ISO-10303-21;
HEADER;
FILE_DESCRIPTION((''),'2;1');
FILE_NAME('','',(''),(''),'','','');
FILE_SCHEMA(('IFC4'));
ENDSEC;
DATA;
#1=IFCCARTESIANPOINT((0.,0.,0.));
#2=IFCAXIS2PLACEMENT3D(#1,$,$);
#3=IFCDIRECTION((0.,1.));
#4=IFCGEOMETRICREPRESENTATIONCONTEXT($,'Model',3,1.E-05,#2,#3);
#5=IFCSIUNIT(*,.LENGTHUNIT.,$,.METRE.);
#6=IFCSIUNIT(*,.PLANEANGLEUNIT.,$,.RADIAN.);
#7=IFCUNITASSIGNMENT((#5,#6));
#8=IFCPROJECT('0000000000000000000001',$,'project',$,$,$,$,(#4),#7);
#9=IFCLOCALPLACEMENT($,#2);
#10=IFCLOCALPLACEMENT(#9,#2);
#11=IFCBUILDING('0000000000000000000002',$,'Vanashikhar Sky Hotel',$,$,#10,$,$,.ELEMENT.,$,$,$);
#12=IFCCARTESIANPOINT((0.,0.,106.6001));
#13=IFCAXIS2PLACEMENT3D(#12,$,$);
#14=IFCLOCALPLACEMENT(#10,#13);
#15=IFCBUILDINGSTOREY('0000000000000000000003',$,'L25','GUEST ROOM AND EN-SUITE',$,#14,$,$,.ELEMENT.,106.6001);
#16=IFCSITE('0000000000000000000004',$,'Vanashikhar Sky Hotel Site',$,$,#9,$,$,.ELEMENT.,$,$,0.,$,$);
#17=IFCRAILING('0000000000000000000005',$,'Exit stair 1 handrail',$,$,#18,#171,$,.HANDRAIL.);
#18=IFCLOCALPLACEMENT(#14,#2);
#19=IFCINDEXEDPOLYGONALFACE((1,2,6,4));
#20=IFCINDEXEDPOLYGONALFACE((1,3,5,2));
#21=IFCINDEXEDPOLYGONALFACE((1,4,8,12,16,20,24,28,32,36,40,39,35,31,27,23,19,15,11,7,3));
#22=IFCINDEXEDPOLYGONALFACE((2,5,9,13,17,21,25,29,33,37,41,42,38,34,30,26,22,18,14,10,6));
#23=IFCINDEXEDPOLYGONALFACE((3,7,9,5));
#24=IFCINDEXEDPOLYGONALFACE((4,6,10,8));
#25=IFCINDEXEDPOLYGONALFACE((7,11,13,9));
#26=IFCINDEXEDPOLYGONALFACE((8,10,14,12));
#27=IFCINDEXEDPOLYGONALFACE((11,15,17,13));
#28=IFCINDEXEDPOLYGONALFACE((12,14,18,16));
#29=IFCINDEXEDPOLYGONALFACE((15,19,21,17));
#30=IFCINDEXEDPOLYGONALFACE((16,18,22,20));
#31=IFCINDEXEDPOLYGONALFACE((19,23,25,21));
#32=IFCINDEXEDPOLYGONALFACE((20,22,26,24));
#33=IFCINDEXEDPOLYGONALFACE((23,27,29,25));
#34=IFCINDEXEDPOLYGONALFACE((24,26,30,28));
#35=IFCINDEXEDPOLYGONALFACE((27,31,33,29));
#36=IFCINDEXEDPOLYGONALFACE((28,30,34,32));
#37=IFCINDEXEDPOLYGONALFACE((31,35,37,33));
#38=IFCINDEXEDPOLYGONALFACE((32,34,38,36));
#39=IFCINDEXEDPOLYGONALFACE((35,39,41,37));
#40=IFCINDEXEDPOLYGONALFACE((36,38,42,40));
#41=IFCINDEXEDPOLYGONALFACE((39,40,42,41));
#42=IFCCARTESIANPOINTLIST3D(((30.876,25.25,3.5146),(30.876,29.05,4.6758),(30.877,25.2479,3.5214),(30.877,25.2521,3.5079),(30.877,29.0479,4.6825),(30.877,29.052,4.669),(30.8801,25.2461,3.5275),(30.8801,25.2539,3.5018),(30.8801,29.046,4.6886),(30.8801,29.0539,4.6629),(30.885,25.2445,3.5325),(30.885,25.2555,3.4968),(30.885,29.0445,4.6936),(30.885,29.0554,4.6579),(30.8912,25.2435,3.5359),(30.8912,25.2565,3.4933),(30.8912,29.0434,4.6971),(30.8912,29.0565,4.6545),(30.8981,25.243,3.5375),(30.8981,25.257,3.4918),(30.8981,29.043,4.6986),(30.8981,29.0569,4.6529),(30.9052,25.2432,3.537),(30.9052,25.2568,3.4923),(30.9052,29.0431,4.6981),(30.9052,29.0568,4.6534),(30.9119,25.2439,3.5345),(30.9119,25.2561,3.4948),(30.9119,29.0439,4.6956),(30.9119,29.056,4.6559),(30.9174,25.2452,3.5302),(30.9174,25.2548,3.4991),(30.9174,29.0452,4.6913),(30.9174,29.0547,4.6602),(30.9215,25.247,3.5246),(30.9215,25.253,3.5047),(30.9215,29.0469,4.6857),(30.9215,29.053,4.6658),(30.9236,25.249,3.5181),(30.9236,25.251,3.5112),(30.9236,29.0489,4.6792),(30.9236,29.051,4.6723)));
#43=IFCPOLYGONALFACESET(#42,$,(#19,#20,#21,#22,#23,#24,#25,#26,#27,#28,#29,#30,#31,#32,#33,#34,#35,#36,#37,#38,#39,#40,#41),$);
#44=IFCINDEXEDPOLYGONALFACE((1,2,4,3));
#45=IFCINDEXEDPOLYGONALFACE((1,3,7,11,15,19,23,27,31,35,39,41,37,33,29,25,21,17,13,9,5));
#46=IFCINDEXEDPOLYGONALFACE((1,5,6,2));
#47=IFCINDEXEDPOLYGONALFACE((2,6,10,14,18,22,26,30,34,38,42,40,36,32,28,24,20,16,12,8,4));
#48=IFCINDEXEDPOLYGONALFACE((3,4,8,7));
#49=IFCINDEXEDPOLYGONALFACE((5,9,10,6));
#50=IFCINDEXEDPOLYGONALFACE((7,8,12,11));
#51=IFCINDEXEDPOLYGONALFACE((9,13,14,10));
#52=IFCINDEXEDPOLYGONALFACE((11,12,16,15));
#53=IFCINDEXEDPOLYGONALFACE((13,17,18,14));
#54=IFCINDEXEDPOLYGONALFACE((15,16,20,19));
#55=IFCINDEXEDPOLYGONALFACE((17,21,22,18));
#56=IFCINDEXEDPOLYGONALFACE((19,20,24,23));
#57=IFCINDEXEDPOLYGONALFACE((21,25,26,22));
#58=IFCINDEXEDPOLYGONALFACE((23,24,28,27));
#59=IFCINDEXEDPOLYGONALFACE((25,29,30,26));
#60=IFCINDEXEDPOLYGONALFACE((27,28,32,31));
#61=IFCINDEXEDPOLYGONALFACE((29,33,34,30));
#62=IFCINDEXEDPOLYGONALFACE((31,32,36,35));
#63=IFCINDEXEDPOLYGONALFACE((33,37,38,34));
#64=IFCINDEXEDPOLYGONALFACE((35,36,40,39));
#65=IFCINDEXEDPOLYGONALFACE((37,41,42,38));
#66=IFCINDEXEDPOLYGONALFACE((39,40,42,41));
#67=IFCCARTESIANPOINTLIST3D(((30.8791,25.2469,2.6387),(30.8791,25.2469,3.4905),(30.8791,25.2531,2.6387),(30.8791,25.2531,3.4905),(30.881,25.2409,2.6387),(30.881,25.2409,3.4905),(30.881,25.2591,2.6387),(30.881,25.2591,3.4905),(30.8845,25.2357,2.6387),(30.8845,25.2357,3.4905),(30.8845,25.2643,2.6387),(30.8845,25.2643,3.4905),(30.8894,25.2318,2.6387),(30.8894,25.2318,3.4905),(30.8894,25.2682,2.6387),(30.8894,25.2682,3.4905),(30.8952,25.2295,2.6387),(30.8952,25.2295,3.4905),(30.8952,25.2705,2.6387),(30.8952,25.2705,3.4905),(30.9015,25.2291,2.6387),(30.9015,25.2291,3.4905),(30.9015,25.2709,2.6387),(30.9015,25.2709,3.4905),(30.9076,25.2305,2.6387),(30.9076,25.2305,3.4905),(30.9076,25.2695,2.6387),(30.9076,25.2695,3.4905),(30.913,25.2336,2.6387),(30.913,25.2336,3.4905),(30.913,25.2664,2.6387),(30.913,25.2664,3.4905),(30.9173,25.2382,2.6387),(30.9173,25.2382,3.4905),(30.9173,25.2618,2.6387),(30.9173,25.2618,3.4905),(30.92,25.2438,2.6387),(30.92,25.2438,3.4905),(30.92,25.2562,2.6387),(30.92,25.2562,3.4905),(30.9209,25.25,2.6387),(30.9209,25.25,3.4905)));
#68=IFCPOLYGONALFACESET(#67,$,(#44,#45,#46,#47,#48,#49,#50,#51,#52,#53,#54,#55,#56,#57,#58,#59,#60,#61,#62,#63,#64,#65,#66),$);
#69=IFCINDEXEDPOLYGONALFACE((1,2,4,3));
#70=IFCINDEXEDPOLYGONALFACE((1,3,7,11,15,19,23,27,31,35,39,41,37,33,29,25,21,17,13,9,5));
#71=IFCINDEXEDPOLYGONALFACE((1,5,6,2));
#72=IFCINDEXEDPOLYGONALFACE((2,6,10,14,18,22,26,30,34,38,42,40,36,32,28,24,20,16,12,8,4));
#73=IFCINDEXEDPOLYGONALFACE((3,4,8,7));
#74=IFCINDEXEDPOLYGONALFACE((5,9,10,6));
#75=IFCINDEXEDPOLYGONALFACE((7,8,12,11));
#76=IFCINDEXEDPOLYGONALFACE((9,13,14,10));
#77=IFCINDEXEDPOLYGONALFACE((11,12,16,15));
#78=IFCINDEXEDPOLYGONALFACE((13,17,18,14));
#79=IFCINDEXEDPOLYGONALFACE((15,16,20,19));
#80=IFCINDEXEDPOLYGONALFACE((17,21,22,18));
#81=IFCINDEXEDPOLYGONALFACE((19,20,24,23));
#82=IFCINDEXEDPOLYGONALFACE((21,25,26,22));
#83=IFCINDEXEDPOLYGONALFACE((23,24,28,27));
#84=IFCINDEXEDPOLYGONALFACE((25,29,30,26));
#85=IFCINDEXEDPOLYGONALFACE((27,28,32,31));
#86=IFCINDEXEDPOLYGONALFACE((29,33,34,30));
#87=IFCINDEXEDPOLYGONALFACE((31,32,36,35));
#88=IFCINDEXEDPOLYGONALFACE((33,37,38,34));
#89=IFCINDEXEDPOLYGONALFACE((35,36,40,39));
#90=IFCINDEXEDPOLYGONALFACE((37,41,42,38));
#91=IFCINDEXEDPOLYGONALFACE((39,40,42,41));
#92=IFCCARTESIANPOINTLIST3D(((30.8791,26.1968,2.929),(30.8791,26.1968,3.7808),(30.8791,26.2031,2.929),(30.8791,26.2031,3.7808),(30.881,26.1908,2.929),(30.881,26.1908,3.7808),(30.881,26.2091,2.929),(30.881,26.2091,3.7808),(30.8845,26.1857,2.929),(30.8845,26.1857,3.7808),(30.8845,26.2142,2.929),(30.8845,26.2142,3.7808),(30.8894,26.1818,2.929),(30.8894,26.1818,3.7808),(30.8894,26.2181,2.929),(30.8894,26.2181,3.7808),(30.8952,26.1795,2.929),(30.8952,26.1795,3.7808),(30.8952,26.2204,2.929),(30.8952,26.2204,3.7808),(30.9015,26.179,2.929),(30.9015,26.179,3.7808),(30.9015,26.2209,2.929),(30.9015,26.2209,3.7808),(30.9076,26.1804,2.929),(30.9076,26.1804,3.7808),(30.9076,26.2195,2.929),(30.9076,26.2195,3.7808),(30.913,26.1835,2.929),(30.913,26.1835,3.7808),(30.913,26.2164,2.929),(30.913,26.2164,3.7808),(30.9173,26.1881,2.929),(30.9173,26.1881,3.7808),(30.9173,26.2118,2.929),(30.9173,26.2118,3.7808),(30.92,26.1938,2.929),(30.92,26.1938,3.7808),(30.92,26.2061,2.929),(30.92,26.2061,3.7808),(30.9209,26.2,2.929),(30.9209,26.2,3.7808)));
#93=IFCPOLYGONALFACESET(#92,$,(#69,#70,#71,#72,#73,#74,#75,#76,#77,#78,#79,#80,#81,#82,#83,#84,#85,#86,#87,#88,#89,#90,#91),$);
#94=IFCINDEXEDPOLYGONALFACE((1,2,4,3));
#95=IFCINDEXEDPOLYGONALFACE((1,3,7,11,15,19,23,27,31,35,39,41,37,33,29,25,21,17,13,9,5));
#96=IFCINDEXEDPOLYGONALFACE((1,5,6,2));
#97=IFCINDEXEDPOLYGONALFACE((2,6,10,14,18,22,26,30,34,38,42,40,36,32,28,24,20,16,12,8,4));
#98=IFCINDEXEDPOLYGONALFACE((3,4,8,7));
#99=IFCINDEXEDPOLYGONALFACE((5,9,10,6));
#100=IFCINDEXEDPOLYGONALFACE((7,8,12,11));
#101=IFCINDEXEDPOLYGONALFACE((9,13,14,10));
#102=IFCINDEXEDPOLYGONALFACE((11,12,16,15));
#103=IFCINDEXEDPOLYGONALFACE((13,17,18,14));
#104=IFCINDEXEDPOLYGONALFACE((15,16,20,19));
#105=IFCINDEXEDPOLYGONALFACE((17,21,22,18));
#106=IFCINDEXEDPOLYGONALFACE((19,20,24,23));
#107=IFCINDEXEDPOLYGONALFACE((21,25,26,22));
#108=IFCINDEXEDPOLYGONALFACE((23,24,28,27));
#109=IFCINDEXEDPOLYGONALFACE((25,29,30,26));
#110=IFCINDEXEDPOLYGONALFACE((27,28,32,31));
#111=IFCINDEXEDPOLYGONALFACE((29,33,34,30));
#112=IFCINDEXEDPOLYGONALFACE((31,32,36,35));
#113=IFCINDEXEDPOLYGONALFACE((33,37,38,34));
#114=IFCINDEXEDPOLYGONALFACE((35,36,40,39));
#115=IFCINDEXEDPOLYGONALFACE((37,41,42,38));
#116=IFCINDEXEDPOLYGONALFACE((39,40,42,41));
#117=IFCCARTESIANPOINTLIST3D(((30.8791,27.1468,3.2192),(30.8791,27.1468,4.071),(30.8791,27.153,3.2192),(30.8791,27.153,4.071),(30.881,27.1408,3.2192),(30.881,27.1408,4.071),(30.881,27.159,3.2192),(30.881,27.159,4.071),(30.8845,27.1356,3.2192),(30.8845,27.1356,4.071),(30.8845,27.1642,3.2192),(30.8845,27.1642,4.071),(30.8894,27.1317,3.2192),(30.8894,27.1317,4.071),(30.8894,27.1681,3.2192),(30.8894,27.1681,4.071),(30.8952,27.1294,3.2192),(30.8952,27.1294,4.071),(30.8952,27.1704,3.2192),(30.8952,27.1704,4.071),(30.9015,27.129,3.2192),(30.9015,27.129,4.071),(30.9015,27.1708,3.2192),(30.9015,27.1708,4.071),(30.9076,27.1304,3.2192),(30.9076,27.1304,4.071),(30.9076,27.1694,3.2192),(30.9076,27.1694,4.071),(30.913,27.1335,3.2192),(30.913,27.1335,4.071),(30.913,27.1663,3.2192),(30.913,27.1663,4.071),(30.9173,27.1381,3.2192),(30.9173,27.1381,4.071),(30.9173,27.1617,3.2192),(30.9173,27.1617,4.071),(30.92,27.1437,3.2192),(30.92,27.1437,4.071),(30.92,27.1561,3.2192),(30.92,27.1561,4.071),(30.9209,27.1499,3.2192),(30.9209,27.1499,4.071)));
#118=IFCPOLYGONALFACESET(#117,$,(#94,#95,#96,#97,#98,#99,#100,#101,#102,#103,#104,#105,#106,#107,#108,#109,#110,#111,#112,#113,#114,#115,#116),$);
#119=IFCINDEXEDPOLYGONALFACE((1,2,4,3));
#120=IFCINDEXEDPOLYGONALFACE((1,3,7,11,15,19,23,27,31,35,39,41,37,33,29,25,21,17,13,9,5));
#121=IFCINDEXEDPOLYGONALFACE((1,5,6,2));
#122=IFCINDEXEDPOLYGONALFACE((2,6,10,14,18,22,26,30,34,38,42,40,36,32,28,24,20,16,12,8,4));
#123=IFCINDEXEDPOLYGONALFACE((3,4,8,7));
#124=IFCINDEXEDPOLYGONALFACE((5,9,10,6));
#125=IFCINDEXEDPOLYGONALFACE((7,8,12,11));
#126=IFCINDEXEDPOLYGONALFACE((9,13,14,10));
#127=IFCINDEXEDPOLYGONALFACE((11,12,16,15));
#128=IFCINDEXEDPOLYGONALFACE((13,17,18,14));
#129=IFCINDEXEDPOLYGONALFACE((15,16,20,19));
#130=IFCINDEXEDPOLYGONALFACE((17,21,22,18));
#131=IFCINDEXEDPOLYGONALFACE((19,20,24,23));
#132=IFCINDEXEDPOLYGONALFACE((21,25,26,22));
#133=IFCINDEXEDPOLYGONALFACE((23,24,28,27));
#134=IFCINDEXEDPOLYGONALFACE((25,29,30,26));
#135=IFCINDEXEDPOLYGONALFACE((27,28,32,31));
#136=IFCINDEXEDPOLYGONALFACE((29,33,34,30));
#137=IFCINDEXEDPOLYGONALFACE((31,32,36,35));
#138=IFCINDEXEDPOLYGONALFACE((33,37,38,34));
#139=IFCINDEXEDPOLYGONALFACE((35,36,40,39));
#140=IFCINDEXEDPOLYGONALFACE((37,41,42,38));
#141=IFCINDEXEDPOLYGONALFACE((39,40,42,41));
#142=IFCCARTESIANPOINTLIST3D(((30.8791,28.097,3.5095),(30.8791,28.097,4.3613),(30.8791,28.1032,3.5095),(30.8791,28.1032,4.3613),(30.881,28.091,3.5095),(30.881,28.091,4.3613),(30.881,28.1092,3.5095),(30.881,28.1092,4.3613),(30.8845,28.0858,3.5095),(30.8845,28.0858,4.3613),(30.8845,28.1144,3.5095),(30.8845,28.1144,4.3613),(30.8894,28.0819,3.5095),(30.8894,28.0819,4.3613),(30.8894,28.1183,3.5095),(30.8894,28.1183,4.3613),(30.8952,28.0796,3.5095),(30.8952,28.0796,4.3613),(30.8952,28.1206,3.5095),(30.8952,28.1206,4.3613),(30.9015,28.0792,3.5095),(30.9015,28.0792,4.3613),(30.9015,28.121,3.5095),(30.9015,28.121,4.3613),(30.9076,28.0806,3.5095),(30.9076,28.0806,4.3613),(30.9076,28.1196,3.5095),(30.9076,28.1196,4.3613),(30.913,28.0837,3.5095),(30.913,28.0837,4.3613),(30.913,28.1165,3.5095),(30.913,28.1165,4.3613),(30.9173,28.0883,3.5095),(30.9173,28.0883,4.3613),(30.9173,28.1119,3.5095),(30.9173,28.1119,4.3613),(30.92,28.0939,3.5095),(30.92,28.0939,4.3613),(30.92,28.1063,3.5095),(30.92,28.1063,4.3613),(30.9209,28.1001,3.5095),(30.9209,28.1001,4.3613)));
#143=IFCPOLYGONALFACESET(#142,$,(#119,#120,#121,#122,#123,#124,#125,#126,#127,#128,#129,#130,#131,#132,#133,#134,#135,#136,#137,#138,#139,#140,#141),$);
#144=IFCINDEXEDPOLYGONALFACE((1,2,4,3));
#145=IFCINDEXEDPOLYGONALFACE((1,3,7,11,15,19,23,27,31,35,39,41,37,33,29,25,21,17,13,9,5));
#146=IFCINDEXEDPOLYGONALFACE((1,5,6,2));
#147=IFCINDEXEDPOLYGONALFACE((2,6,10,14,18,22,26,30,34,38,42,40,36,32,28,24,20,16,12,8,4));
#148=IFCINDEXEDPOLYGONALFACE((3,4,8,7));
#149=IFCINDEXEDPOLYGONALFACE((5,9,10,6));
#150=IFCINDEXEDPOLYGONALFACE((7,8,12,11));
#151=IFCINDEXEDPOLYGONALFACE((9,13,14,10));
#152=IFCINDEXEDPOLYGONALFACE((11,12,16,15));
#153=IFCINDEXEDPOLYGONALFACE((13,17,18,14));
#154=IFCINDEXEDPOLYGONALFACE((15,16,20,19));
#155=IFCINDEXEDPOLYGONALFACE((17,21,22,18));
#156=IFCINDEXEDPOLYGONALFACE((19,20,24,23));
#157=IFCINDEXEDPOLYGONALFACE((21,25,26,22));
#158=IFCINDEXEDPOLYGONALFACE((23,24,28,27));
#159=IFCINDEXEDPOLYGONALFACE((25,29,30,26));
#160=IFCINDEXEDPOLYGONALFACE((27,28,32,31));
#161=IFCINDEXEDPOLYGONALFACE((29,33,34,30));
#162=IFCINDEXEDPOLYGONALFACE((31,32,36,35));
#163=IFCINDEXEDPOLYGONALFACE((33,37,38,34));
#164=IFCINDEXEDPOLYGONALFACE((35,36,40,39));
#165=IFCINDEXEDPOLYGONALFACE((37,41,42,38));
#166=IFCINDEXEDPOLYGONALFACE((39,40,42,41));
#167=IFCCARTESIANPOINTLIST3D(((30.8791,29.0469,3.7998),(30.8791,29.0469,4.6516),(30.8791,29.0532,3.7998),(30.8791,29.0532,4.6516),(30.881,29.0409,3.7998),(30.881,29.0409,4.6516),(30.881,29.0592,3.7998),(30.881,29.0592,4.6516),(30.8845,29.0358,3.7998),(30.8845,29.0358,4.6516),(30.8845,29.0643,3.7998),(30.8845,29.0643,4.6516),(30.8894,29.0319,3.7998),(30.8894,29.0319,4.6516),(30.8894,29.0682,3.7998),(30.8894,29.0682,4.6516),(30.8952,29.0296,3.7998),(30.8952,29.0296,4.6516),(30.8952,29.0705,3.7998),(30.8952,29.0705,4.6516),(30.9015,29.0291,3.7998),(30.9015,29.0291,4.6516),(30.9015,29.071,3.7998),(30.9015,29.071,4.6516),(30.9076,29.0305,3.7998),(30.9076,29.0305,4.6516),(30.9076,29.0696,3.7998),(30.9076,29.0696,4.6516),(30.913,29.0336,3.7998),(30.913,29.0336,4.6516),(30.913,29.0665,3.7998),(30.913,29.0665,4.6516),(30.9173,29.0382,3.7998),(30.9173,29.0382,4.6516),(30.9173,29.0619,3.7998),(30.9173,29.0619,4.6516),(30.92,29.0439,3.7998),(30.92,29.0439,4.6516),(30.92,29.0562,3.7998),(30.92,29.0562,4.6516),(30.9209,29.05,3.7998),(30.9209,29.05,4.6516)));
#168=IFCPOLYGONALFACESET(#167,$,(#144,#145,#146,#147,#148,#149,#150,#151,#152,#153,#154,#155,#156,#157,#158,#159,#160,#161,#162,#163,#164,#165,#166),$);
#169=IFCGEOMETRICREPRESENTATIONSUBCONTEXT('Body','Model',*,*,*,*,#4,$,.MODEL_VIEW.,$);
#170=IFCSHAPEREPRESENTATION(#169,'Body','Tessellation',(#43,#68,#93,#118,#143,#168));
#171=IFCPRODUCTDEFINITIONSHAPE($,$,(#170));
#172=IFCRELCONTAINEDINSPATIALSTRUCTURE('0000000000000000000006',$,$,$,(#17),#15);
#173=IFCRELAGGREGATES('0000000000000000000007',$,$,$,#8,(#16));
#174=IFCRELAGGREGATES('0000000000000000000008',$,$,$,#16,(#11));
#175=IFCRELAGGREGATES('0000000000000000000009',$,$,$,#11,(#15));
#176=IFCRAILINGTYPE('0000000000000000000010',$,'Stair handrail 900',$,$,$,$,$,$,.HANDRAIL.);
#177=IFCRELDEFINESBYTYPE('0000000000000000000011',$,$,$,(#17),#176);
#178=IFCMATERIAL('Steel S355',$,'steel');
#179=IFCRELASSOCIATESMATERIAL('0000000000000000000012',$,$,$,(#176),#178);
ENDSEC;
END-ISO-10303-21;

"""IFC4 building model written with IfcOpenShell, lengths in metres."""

from ifc_helpers import new_model, si_unit, direction, frame, origin, origin_2d, place, context, subcontext, project, spatial, circle, extrude, source, transform, mapped, material, type_object, element, save


model = new_model("IFC4")

# Units and contexts
model_context = context("Model", 3, precision=1e-05, world=origin(), true_north=direction((0.0, 1.0)))
body_context = subcontext(model_context, "Body", "Model", "MODEL_VIEW")
ifc_project = project(units=[si_unit("LENGTHUNIT", "METRE"), si_unit("PLANEANGLEUNIT", "RADIAN")], contexts=[model_context])

# Site, building, storey
site_placement = place(None, origin())
site = spatial("IfcSite", under=ifc_project, at=site_placement, Name="Vanashikhar Sky Hotel Site", CompositionType="ELEMENT", RefElevation=0.0)
building_placement = place(site_placement, origin())
building = spatial("IfcBuilding", under=site, at=building_placement, Name="Vanashikhar Sky Hotel", CompositionType="ELEMENT")
storey_placement = place(building_placement, frame((0.0, 0.0, 106.6001)))
storey = spatial("IfcBuildingStorey", under=building, at=storey_placement, Name="L25", Description="GUEST ROOM AND EN-SUITE", CompositionType="ELEMENT", Elevation=106.6001)

# Railing
ifc_material_1 = material(Name="Steel S355", Category="steel")
railing_type = type_object("IfcRailingType", Name="Stair handrail 900", PredefinedType="HANDRAIL", material=ifc_material_1)
shared_shape_1 = source(origin(), body_context, "Body", "SweptSolid", [
    extrude(circle(Radius=0.0239, at=origin_2d()), frame((0.0, 0.0, 0.876), z_axis=(0.0, 0.956351, 0.29222), x_axis=(-1.0, 0.0, 0.0)), (0.0, 0.0, 1.0), 3.9734),
    extrude(circle(Radius=0.021, at=origin_2d()), origin(), (0.0, 0.0, 1.0), 0.8518),
    extrude(circle(Radius=0.021, at=origin_2d()), frame((0.0, 0.95, 0.2903)), (0.0, 0.0, 1.0), 0.8518),
    extrude(circle(Radius=0.021, at=origin_2d()), frame((0.0, 1.8999, 0.5806)), (0.0, 0.0, 1.0), 0.8518),
    extrude(circle(Radius=0.021, at=origin_2d()), frame((0.0, 2.8501, 0.8708)), (0.0, 0.0, 1.0), 0.8518),
    extrude(circle(Radius=0.021, at=origin_2d()), frame((0.0, 3.8, 1.1611)), (0.0, 0.0, 1.0), 0.8518),
])
for number, where, name in (
    (1, (30.8999, 25.25, 2.6387), "Exit stair 1 handrail"),
):
    element("IfcRailing", number, at=place(storey_placement, frame(where)), inside=storey, type_object=railing_type, Name=name, PredefinedType="HANDRAIL", context=body_context, shape_type="MappedRepresentation", body=[
        mapped(shared_shape_1, transform((0.0, 0.0, 0.0), scale=1.0)),
    ])

save(model, "model.ifc")
